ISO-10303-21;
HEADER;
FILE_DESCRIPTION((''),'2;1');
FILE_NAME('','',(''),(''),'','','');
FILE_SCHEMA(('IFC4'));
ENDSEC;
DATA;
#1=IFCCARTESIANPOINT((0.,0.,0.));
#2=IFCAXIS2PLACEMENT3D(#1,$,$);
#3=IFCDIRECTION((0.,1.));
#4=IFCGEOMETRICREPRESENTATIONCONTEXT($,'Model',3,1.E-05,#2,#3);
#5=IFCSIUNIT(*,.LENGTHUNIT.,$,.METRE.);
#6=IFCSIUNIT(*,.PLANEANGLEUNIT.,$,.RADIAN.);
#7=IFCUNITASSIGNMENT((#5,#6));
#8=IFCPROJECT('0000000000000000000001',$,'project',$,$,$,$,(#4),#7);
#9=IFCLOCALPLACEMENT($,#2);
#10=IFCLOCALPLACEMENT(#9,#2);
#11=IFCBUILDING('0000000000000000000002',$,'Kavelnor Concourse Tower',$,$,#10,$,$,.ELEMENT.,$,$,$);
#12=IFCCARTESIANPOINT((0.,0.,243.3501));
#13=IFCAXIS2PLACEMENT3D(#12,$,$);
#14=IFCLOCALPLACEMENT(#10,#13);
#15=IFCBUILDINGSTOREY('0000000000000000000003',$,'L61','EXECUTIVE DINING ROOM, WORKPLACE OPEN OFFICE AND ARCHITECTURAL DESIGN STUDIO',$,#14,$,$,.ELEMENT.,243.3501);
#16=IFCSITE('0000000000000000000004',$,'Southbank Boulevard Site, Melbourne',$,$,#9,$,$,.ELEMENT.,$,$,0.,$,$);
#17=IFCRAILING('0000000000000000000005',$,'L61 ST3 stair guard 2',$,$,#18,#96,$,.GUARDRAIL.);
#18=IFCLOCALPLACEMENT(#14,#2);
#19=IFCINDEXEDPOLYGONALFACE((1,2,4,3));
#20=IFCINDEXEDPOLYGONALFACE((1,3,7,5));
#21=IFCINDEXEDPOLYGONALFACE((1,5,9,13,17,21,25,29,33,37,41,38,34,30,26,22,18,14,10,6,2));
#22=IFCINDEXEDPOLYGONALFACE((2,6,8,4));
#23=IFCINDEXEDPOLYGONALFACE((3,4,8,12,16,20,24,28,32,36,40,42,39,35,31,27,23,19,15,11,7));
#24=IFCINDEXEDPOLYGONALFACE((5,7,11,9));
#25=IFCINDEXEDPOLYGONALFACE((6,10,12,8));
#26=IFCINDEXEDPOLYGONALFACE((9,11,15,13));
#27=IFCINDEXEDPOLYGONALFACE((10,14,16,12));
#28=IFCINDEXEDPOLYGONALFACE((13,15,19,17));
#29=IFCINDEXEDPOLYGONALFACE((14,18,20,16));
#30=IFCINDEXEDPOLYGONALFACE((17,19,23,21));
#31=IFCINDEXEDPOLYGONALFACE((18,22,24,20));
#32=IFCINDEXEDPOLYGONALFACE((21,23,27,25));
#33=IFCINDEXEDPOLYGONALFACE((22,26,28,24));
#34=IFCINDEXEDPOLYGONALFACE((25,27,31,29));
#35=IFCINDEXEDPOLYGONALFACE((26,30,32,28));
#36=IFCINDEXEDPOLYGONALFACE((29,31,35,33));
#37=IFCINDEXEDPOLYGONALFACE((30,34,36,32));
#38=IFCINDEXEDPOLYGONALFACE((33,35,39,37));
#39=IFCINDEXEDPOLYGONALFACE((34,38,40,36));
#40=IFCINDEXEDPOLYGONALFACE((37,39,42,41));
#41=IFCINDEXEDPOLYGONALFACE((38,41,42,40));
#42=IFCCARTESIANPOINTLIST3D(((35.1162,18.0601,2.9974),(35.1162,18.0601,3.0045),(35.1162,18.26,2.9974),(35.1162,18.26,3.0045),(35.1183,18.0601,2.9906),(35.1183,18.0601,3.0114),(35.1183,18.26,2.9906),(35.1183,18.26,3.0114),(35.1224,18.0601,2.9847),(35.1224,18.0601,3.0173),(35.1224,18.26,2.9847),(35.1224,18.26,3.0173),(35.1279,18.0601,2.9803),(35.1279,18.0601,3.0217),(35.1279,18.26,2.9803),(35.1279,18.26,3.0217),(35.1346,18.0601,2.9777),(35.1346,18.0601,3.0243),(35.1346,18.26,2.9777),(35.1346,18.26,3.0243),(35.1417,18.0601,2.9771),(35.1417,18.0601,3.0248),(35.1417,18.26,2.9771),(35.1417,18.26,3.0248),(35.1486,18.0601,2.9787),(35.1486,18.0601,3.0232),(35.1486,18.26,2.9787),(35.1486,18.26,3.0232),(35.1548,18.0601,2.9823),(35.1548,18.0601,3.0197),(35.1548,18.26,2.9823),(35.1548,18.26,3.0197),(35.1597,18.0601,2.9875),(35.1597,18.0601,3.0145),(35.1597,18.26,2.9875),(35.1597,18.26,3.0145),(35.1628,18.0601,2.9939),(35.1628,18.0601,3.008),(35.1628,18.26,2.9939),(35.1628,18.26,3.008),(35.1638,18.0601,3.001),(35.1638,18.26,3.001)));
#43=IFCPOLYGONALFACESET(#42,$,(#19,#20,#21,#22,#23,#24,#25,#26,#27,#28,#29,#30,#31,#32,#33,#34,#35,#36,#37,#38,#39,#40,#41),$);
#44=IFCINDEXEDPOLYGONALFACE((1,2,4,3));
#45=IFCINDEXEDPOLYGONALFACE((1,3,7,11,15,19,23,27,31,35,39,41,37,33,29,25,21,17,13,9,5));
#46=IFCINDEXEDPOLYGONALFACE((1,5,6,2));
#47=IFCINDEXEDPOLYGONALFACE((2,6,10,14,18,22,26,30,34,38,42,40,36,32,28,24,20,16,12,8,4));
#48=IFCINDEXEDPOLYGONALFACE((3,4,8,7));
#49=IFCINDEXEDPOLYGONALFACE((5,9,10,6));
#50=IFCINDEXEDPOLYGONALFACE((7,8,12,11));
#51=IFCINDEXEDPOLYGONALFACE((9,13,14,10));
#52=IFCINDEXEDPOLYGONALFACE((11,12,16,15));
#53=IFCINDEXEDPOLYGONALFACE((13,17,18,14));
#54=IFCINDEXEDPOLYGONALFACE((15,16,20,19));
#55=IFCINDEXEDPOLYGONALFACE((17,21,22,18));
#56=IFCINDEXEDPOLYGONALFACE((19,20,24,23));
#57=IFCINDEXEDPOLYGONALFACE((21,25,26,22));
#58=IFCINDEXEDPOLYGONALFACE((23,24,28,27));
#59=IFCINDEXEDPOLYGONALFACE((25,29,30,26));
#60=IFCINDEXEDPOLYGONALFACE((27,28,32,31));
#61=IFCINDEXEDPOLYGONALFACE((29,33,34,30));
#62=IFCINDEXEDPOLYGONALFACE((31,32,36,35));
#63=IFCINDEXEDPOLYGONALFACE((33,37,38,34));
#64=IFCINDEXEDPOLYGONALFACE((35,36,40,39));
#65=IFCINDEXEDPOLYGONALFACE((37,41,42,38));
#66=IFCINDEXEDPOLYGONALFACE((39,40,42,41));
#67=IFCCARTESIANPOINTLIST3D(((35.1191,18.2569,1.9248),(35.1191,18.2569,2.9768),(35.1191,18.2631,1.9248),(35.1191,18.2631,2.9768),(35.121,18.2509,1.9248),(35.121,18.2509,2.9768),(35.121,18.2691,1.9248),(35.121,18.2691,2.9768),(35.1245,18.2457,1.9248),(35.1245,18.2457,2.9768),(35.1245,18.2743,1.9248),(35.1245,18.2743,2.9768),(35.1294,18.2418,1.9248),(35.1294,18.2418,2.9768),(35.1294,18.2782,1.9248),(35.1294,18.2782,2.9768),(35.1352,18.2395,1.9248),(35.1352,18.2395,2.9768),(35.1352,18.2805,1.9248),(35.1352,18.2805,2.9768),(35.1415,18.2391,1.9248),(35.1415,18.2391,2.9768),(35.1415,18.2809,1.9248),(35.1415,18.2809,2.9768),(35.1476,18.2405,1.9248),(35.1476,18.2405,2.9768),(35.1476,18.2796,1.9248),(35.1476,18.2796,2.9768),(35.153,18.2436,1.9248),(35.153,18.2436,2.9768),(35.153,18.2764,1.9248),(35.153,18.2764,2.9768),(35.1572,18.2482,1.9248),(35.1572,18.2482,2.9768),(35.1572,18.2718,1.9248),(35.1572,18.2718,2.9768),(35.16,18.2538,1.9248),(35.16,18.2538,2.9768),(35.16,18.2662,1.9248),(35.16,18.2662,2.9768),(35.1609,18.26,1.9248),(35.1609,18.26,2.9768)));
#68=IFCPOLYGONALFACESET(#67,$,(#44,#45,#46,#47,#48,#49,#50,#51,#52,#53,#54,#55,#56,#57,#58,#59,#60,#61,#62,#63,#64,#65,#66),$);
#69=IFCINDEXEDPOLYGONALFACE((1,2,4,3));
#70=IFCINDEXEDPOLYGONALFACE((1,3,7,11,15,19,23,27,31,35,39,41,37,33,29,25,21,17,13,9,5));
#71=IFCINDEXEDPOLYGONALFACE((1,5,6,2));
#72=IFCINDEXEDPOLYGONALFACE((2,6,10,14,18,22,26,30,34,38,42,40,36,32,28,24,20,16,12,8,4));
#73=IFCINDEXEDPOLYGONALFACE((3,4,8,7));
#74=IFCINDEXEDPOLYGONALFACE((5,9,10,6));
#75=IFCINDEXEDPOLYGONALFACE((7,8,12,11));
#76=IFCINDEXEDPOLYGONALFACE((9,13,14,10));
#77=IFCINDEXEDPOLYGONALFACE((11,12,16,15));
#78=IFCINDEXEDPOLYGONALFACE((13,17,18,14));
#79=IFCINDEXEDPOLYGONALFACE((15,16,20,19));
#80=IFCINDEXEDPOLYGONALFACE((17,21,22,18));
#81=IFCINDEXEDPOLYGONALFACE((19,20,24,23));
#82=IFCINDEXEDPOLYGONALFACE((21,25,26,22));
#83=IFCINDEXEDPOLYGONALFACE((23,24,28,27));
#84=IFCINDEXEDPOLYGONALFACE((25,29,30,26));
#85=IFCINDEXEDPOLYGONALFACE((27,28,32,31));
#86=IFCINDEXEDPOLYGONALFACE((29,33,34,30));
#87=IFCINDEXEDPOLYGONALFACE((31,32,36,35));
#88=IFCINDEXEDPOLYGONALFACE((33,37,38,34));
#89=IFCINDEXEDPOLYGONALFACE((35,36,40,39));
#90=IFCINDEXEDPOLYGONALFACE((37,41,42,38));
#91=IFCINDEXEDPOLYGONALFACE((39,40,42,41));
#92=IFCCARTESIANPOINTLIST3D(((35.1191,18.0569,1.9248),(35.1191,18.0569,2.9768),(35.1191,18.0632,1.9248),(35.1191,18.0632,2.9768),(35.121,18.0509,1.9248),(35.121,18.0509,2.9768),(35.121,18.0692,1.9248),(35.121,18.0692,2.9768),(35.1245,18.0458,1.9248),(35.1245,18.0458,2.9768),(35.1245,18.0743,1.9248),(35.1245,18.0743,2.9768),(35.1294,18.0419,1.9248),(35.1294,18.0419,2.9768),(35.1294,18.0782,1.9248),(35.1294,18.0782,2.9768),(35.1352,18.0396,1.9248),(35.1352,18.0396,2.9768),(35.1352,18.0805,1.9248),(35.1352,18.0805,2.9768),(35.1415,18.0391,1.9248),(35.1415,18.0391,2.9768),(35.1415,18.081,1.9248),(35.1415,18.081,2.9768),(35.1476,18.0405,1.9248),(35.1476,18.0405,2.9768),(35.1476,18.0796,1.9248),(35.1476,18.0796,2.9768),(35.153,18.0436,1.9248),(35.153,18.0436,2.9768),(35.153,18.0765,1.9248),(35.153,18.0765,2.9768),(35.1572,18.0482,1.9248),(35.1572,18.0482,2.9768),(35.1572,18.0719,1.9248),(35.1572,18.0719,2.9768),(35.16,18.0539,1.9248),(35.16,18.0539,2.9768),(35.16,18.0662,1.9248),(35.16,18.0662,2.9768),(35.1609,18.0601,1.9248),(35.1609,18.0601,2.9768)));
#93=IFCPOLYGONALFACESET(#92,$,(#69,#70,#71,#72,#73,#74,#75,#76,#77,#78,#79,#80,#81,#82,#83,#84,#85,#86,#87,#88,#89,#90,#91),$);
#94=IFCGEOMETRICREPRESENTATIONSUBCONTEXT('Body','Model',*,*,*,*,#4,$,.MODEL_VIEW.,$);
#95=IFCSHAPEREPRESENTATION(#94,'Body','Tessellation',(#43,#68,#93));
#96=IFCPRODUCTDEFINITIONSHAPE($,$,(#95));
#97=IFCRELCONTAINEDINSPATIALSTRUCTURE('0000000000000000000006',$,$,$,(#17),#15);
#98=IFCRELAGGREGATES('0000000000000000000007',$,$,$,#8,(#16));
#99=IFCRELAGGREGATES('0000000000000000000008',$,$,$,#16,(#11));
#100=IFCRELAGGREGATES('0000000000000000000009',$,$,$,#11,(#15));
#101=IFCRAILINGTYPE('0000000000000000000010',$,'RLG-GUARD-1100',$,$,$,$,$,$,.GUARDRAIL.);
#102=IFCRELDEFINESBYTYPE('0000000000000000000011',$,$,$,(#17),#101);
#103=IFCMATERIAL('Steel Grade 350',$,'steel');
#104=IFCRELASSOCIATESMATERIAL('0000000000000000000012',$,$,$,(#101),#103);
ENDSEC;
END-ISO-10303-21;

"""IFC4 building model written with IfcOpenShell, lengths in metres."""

from ifc_helpers import new_model, si_unit, direction, frame, origin, origin_2d, place, context, subcontext, project, spatial, circle, extrude, material, type_object, element, save


model = new_model("IFC4")

# Units and contexts
model_context = context("Model", 3, precision=1e-05, world=origin(), true_north=direction((0.0, 1.0)))
body_context = subcontext(model_context, "Body", "Model", "MODEL_VIEW")
ifc_project = project(units=[si_unit("LENGTHUNIT", "METRE"), si_unit("PLANEANGLEUNIT", "RADIAN")], contexts=[model_context])

# Site, building, storey
site_placement = place(None, origin())
site = spatial("IfcSite", under=ifc_project, at=site_placement, Name="Southbank Boulevard Site, Melbourne", CompositionType="ELEMENT", RefElevation=0.0)
building_placement = place(site_placement, origin())
building = spatial("IfcBuilding", under=site, at=building_placement, Name="Kavelnor Concourse Tower", CompositionType="ELEMENT")
storey_placement = place(building_placement, frame((0.0, 0.0, 243.3501)))
storey = spatial("IfcBuildingStorey", under=building, at=storey_placement, Name="L61", Description="EXECUTIVE DINING ROOM, WORKPLACE OPEN OFFICE AND ARCHITECTURAL DESIGN STUDIO", CompositionType="ELEMENT", Elevation=243.3501)

# Shared definitions
ifc_material_1 = material(Name="Steel Grade 350", Category="steel")

# Railing
railing_type = type_object("IfcRailingType", Name="RLG-GUARD-1100", PredefinedType="GUARDRAIL", material=ifc_material_1)
railing_1_placement = place(storey_placement, frame((35.1399, 18.26, 1.9248)))
element("IfcRailing", 1, at=railing_1_placement, inside=storey, type_object=railing_type, Name="L61 ST3 stair guard 2", PredefinedType="GUARDRAIL", context=body_context, shape_type="SweptSolid", body=[
    extrude(circle(Radius=0.0239, at=origin_2d()), frame((0.0, 0.0, 1.0762), z_axis=(0.0, -1.0, 0.0), x_axis=(1.0, 0.0, 0.0)), (0.0, 0.0, 1.0), 0.2),
    extrude(circle(Radius=0.021, at=origin_2d()), origin(), (0.0, 0.0, 1.0), 1.052),
    extrude(circle(Radius=0.021, at=origin_2d()), frame((0.0, -0.2, 0.0)), (0.0, 0.0, 1.0), 1.052),
])

save(model, "model.ifc")
